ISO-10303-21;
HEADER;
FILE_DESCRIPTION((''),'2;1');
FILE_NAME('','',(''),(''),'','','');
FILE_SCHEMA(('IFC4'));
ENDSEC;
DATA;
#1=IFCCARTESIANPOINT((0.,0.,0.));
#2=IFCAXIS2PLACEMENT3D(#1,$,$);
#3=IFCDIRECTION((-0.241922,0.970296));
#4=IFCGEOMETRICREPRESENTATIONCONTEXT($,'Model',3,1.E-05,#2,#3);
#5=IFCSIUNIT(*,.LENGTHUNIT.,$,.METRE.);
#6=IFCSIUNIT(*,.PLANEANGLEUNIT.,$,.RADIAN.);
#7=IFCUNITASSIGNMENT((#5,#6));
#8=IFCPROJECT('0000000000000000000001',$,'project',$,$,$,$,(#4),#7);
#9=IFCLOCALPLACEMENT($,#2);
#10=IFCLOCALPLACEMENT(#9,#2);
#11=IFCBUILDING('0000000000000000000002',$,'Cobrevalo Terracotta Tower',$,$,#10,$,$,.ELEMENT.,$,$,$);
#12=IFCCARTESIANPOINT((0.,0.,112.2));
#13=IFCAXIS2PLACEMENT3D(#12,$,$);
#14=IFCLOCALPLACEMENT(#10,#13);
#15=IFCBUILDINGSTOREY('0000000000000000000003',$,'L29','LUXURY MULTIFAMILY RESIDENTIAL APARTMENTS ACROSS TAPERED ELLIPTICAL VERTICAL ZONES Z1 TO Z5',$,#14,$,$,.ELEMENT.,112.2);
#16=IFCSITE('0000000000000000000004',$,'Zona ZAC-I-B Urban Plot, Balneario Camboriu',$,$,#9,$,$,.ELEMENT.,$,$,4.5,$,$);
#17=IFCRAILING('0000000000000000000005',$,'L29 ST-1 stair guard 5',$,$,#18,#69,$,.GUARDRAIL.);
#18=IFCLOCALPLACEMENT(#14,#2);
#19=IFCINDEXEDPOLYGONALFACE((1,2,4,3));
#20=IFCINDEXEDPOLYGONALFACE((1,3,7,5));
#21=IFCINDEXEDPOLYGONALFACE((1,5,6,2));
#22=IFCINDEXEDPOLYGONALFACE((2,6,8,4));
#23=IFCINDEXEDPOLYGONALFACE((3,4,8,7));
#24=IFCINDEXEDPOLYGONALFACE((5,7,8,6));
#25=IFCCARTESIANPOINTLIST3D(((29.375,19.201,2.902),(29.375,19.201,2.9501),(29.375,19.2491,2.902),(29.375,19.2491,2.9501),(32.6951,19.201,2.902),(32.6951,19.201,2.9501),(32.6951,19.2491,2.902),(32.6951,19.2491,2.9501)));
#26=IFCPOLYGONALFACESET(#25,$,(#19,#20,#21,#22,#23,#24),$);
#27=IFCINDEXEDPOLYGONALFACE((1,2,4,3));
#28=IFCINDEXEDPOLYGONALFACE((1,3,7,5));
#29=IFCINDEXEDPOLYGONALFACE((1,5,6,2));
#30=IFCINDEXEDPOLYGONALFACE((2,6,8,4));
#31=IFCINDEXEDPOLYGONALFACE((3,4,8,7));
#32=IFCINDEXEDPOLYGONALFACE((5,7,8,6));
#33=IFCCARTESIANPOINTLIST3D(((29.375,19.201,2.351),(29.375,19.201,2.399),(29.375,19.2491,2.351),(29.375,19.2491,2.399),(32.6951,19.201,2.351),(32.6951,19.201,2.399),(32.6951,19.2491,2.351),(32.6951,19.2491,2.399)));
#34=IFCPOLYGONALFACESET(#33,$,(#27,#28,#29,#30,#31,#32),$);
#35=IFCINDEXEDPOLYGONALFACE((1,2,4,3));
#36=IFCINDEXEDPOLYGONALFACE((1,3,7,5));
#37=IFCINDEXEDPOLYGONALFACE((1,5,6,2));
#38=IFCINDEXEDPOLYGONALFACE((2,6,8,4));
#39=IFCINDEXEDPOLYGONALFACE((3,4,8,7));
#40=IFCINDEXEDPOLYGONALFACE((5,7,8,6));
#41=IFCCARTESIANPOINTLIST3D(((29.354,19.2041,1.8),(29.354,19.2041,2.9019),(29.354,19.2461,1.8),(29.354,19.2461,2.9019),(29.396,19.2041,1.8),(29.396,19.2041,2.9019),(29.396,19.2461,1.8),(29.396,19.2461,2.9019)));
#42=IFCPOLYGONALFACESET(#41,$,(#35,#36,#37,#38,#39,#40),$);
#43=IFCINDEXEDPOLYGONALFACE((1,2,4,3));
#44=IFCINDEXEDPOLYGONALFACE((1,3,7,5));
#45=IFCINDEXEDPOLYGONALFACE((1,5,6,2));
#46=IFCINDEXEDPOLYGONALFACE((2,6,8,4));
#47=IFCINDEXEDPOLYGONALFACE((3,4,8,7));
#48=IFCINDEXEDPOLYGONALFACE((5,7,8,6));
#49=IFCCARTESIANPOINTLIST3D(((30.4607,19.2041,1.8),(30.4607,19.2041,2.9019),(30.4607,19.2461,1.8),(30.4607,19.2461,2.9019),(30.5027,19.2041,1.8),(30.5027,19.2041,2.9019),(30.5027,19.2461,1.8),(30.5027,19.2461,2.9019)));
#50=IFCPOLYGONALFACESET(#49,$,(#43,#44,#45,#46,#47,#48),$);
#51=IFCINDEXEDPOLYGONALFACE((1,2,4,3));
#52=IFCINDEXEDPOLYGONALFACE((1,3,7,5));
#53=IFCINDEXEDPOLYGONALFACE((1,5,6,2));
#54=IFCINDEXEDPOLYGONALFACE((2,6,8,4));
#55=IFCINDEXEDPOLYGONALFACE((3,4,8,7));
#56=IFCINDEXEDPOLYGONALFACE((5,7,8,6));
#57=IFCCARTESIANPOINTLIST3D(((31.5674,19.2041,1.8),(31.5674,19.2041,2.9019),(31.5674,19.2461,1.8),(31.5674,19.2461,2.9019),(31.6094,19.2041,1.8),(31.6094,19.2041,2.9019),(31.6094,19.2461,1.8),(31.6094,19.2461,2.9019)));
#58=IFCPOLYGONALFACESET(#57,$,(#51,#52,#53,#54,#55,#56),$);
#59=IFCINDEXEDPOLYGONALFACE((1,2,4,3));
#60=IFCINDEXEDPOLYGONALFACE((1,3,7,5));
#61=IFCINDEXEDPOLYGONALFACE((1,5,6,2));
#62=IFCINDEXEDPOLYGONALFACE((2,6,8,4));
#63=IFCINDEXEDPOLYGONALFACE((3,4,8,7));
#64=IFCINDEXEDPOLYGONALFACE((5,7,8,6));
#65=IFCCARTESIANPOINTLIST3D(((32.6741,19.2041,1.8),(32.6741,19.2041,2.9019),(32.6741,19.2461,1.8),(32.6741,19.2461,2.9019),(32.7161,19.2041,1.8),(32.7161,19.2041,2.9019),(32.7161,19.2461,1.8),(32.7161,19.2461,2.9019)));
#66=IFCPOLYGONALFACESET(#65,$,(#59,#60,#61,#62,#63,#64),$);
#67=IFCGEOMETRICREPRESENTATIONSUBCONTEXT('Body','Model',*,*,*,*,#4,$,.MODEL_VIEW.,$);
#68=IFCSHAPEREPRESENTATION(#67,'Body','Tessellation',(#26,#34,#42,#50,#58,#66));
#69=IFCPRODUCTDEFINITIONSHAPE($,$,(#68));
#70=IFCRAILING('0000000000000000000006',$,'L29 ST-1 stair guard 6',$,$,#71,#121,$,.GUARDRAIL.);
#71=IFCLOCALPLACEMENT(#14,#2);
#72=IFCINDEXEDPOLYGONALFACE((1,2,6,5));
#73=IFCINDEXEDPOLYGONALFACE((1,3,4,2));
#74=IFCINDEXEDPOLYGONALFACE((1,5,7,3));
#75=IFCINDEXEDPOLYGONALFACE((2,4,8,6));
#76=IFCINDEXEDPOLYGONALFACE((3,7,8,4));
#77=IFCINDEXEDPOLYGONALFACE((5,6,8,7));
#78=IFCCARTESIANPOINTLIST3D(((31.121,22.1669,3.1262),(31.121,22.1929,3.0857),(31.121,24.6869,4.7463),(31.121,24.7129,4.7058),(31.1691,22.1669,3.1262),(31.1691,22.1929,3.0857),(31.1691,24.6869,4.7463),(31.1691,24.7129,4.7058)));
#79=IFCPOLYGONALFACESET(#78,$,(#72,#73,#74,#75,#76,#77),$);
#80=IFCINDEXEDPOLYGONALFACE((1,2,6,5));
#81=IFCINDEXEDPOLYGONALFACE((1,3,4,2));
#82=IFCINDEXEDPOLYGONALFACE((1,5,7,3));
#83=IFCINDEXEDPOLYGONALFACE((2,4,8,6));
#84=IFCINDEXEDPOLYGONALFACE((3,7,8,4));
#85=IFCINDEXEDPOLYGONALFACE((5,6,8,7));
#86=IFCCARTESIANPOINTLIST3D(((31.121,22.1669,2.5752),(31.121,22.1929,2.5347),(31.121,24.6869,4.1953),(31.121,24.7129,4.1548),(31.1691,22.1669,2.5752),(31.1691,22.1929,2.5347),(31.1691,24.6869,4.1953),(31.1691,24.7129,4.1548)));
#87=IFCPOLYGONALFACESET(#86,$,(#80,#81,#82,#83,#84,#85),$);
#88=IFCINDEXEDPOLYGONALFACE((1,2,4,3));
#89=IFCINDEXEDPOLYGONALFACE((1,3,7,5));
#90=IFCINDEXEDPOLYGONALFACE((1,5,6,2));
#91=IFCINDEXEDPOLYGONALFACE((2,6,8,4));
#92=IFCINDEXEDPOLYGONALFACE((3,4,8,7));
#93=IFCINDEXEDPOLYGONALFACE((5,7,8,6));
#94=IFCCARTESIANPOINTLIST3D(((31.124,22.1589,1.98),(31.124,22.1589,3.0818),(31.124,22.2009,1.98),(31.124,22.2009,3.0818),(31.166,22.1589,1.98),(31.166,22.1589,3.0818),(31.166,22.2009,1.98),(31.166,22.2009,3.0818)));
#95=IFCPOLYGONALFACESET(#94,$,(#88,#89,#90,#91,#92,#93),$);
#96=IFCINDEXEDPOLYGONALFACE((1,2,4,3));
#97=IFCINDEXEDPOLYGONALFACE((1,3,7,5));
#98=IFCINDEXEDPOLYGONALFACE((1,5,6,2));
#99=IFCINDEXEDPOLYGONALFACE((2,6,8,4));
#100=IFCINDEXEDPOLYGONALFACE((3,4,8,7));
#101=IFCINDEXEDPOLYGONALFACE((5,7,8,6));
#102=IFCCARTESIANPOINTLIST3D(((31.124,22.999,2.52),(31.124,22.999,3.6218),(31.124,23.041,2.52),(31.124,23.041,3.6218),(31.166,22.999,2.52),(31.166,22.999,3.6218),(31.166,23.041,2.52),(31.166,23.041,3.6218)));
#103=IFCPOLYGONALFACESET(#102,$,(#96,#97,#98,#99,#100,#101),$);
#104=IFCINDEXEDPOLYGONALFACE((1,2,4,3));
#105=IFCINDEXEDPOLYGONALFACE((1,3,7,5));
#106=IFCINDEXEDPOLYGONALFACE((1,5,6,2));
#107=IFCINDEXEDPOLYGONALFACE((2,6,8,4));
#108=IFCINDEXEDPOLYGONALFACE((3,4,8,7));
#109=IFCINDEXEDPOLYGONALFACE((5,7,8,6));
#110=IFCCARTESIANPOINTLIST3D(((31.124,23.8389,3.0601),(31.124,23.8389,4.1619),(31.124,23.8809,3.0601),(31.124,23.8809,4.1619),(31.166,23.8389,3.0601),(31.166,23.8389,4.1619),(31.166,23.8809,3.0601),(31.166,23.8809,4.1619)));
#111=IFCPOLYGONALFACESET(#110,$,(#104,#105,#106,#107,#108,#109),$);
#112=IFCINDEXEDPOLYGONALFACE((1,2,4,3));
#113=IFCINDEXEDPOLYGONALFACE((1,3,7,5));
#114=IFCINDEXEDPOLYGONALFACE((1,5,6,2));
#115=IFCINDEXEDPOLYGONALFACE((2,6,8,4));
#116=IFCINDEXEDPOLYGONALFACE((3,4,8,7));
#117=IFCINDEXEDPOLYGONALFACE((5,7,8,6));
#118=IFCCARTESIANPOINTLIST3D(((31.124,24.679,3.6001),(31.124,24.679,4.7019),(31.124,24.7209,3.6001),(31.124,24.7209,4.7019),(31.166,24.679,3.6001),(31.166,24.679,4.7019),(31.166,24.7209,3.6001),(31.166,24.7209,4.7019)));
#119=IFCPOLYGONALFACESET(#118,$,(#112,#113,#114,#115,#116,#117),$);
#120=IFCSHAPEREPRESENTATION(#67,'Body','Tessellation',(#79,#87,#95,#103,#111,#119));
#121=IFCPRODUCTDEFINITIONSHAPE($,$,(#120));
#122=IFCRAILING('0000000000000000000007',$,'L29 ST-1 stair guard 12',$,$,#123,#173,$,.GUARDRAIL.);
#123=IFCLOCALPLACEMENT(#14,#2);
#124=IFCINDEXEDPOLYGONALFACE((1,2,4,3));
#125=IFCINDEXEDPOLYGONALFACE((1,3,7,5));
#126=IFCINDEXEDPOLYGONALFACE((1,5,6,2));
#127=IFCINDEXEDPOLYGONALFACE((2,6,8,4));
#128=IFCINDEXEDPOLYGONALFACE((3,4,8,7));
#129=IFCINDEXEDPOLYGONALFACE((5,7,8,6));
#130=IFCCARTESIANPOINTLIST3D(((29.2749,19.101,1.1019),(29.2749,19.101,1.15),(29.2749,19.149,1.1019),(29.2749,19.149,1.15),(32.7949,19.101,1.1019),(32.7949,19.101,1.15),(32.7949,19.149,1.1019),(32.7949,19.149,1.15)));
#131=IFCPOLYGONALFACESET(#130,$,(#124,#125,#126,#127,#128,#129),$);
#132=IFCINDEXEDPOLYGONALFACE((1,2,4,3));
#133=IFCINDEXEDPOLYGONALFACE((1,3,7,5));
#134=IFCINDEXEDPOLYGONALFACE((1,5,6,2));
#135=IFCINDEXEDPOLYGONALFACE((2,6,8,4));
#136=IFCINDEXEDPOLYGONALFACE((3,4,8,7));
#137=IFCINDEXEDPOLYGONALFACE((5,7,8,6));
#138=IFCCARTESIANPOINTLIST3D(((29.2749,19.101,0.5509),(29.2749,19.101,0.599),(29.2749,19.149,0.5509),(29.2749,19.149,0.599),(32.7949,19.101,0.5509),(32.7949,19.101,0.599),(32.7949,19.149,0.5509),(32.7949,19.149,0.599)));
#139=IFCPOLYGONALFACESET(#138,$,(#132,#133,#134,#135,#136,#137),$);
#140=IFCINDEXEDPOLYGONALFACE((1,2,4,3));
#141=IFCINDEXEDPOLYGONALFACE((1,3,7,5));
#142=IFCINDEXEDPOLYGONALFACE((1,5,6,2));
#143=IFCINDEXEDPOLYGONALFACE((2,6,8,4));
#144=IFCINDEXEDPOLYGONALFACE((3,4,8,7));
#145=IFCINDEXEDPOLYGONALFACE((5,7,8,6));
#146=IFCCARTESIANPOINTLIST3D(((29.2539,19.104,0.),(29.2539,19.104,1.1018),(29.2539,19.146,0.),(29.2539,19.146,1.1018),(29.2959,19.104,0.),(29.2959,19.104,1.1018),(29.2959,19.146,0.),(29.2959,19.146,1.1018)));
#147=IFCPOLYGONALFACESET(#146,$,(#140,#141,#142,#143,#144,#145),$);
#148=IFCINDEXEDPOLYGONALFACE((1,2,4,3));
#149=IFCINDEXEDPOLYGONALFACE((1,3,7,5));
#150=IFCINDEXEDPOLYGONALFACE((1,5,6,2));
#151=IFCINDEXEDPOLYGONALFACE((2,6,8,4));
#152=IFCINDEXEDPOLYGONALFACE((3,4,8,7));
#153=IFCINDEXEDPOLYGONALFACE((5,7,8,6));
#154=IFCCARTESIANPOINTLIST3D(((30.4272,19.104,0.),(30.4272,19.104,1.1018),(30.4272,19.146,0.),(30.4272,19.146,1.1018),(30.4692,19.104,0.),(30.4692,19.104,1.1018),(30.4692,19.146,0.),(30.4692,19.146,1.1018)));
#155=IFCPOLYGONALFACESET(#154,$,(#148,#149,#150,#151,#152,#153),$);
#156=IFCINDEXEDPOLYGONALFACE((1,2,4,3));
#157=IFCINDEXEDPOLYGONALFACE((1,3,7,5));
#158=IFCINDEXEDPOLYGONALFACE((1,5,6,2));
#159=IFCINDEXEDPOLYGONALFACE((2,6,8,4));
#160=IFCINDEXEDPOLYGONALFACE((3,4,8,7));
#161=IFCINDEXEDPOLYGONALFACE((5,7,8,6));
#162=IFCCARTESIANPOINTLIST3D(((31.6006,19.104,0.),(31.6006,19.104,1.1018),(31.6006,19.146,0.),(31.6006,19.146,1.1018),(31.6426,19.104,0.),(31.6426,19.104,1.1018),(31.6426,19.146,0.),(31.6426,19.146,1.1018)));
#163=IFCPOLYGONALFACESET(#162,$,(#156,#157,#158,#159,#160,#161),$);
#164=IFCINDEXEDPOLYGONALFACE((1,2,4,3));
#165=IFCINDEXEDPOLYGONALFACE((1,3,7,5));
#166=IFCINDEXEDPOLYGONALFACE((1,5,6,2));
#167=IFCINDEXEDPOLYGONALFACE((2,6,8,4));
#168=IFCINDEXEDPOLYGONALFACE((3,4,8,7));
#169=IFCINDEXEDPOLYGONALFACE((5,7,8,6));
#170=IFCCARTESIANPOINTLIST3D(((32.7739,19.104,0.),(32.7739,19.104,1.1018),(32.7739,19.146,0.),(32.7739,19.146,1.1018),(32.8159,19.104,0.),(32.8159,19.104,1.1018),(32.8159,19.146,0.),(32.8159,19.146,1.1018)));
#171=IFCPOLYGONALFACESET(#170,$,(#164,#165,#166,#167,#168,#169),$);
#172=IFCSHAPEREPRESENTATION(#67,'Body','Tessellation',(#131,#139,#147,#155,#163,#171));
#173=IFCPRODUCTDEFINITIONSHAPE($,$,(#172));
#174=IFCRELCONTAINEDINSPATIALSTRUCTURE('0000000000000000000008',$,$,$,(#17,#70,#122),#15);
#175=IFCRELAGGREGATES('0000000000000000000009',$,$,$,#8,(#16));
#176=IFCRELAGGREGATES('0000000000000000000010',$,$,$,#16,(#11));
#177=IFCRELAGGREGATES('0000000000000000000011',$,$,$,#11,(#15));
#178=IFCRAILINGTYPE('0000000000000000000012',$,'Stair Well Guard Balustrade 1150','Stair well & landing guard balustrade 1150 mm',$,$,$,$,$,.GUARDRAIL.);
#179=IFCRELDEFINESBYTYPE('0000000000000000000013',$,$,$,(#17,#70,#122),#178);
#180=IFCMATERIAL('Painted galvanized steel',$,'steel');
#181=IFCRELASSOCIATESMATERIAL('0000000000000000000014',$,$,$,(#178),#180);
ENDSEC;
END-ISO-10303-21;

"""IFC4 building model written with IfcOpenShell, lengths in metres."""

from ifc_helpers import new_model, si_unit, direction, frame, origin, origin_2d, place, context, subcontext, project, spatial, rectangle, extrude, material, type_object, element, save


model = new_model("IFC4")

# Units and contexts
model_context = context("Model", 3, precision=1e-05, world=origin(), true_north=direction((-0.241922, 0.970296)))
body_context = subcontext(model_context, "Body", "Model", "MODEL_VIEW")
ifc_project = project(units=[si_unit("LENGTHUNIT", "METRE"), si_unit("PLANEANGLEUNIT", "RADIAN")], contexts=[model_context])

# Site, building, storey
site_placement = place(None, origin())
site = spatial("IfcSite", under=ifc_project, at=site_placement, Name="Zona ZAC-I-B Urban Plot, Balneario Camboriu", CompositionType="ELEMENT", RefElevation=4.5)
building_placement = place(site_placement, origin())
building = spatial("IfcBuilding", under=site, at=building_placement, Name="Cobrevalo Terracotta Tower", CompositionType="ELEMENT")
storey_placement = place(building_placement, frame((0.0, 0.0, 112.2)))
storey = spatial("IfcBuildingStorey", under=building, at=storey_placement, Name="L29", Description="LUXURY MULTIFAMILY RESIDENTIAL APARTMENTS ACROSS TAPERED ELLIPTICAL VERTICAL ZONES Z1 TO Z5", CompositionType="ELEMENT", Elevation=112.2)

# Railings
ifc_material_1 = material(Name="Painted galvanized steel", Category="steel")
railing_type_1 = type_object("IfcRailingType", Name="Stair Well Guard Balustrade 1150", Description="Stair well & landing guard balustrade 1150 mm", PredefinedType="GUARDRAIL", material=ifc_material_1)
railing_1_placement = place(storey_placement, frame((29.375, 19.2251, 1.8)))
element("IfcRailing", 1, at=railing_1_placement, inside=storey, type_object=railing_type_1, Name="L29 ST-1 stair guard 5", PredefinedType="GUARDRAIL", context=body_context, shape_type="SweptSolid", body=[
    extrude(rectangle(XDim=0.0481, YDim=0.0481, at=origin_2d()), frame((0.0, 0.0, 1.126), z_axis=(1.0, 0.0, 0.0), x_axis=(0.0, 1.0, 0.0)), (0.0, 0.0, 1.0), 3.3201),
    extrude(rectangle(XDim=0.0481, YDim=0.0481, at=origin_2d()), frame((0.0, 0.0, 0.575), z_axis=(1.0, 0.0, 0.0), x_axis=(0.0, 1.0, 0.0)), (0.0, 0.0, 1.0), 3.3201),
    extrude(rectangle(XDim=0.042, YDim=0.042, at=origin_2d()), origin(), (0.0, 0.0, 1.0), 1.1018),
    extrude(rectangle(XDim=0.042, YDim=0.042, at=origin_2d()), frame((1.1067, 0.0, 0.0)), (0.0, 0.0, 1.0), 1.1018),
    extrude(rectangle(XDim=0.042, YDim=0.042, at=origin_2d()), frame((2.2134, 0.0, 0.0)), (0.0, 0.0, 1.0), 1.1018),
    extrude(rectangle(XDim=0.042, YDim=0.042, at=origin_2d()), frame((3.3201, 0.0, 0.0)), (0.0, 0.0, 1.0), 1.1018),
])
railing_2_placement = place(storey_placement, frame((31.145, 22.1799, 1.98)))
element("IfcRailing", 2, at=railing_2_placement, inside=storey, type_object=railing_type_1, Name="L29 ST-1 stair guard 6", PredefinedType="GUARDRAIL", context=body_context, shape_type="SweptSolid", body=[
    extrude(rectangle(XDim=0.0481, YDim=0.0481, at=origin_2d()), frame((0.0, 0.0, 1.126), z_axis=(0.0, 0.841163, 0.540782), x_axis=(-1.0, 0.0, 0.0)), (0.0, 0.0, 1.0), 2.9958),
    extrude(rectangle(XDim=0.0481, YDim=0.0481, at=origin_2d()), frame((0.0, 0.0, 0.575), z_axis=(0.0, 0.841163, 0.540782), x_axis=(-1.0, 0.0, 0.0)), (0.0, 0.0, 1.0), 2.9958),
    extrude(rectangle(XDim=0.042, YDim=0.042, at=origin_2d()), origin(), (0.0, 0.0, 1.0), 1.1018),
    extrude(rectangle(XDim=0.042, YDim=0.042, at=origin_2d()), frame((0.0, 0.8401, 0.54)), (0.0, 0.0, 1.0), 1.1018),
    extrude(rectangle(XDim=0.042, YDim=0.042, at=origin_2d()), frame((0.0, 1.6799, 1.0801)), (0.0, 0.0, 1.0), 1.1018),
    extrude(rectangle(XDim=0.042, YDim=0.042, at=origin_2d()), frame((0.0, 2.52, 1.6201)), (0.0, 0.0, 1.0), 1.1018),
])
railing_3_placement = place(storey_placement, frame((29.2749, 19.125, 0.0)))
element("IfcRailing", 3, at=railing_3_placement, inside=storey, type_object=railing_type_1, Name="L29 ST-1 stair guard 12", PredefinedType="GUARDRAIL", context=body_context, shape_type="SweptSolid", body=[
    extrude(rectangle(XDim=0.0481, YDim=0.0481, at=origin_2d()), frame((0.0, 0.0, 1.126), z_axis=(1.0, 0.0, 0.0), x_axis=(0.0, 1.0, 0.0)), (0.0, 0.0, 1.0), 3.52),
    extrude(rectangle(XDim=0.0481, YDim=0.0481, at=origin_2d()), frame((0.0, 0.0, 0.575), z_axis=(1.0, 0.0, 0.0), x_axis=(0.0, 1.0, 0.0)), (0.0, 0.0, 1.0), 3.52),
    extrude(rectangle(XDim=0.042, YDim=0.042, at=origin_2d()), origin(), (0.0, 0.0, 1.0), 1.1018),
    extrude(rectangle(XDim=0.042, YDim=0.042, at=origin_2d()), frame((1.1733, 0.0, 0.0)), (0.0, 0.0, 1.0), 1.1018),
    extrude(rectangle(XDim=0.042, YDim=0.042, at=origin_2d()), frame((2.3467, 0.0, 0.0)), (0.0, 0.0, 1.0), 1.1018),
    extrude(rectangle(XDim=0.042, YDim=0.042, at=origin_2d()), frame((3.52, 0.0, 0.0)), (0.0, 0.0, 1.0), 1.1018),
])

save(model, "model.ifc")
